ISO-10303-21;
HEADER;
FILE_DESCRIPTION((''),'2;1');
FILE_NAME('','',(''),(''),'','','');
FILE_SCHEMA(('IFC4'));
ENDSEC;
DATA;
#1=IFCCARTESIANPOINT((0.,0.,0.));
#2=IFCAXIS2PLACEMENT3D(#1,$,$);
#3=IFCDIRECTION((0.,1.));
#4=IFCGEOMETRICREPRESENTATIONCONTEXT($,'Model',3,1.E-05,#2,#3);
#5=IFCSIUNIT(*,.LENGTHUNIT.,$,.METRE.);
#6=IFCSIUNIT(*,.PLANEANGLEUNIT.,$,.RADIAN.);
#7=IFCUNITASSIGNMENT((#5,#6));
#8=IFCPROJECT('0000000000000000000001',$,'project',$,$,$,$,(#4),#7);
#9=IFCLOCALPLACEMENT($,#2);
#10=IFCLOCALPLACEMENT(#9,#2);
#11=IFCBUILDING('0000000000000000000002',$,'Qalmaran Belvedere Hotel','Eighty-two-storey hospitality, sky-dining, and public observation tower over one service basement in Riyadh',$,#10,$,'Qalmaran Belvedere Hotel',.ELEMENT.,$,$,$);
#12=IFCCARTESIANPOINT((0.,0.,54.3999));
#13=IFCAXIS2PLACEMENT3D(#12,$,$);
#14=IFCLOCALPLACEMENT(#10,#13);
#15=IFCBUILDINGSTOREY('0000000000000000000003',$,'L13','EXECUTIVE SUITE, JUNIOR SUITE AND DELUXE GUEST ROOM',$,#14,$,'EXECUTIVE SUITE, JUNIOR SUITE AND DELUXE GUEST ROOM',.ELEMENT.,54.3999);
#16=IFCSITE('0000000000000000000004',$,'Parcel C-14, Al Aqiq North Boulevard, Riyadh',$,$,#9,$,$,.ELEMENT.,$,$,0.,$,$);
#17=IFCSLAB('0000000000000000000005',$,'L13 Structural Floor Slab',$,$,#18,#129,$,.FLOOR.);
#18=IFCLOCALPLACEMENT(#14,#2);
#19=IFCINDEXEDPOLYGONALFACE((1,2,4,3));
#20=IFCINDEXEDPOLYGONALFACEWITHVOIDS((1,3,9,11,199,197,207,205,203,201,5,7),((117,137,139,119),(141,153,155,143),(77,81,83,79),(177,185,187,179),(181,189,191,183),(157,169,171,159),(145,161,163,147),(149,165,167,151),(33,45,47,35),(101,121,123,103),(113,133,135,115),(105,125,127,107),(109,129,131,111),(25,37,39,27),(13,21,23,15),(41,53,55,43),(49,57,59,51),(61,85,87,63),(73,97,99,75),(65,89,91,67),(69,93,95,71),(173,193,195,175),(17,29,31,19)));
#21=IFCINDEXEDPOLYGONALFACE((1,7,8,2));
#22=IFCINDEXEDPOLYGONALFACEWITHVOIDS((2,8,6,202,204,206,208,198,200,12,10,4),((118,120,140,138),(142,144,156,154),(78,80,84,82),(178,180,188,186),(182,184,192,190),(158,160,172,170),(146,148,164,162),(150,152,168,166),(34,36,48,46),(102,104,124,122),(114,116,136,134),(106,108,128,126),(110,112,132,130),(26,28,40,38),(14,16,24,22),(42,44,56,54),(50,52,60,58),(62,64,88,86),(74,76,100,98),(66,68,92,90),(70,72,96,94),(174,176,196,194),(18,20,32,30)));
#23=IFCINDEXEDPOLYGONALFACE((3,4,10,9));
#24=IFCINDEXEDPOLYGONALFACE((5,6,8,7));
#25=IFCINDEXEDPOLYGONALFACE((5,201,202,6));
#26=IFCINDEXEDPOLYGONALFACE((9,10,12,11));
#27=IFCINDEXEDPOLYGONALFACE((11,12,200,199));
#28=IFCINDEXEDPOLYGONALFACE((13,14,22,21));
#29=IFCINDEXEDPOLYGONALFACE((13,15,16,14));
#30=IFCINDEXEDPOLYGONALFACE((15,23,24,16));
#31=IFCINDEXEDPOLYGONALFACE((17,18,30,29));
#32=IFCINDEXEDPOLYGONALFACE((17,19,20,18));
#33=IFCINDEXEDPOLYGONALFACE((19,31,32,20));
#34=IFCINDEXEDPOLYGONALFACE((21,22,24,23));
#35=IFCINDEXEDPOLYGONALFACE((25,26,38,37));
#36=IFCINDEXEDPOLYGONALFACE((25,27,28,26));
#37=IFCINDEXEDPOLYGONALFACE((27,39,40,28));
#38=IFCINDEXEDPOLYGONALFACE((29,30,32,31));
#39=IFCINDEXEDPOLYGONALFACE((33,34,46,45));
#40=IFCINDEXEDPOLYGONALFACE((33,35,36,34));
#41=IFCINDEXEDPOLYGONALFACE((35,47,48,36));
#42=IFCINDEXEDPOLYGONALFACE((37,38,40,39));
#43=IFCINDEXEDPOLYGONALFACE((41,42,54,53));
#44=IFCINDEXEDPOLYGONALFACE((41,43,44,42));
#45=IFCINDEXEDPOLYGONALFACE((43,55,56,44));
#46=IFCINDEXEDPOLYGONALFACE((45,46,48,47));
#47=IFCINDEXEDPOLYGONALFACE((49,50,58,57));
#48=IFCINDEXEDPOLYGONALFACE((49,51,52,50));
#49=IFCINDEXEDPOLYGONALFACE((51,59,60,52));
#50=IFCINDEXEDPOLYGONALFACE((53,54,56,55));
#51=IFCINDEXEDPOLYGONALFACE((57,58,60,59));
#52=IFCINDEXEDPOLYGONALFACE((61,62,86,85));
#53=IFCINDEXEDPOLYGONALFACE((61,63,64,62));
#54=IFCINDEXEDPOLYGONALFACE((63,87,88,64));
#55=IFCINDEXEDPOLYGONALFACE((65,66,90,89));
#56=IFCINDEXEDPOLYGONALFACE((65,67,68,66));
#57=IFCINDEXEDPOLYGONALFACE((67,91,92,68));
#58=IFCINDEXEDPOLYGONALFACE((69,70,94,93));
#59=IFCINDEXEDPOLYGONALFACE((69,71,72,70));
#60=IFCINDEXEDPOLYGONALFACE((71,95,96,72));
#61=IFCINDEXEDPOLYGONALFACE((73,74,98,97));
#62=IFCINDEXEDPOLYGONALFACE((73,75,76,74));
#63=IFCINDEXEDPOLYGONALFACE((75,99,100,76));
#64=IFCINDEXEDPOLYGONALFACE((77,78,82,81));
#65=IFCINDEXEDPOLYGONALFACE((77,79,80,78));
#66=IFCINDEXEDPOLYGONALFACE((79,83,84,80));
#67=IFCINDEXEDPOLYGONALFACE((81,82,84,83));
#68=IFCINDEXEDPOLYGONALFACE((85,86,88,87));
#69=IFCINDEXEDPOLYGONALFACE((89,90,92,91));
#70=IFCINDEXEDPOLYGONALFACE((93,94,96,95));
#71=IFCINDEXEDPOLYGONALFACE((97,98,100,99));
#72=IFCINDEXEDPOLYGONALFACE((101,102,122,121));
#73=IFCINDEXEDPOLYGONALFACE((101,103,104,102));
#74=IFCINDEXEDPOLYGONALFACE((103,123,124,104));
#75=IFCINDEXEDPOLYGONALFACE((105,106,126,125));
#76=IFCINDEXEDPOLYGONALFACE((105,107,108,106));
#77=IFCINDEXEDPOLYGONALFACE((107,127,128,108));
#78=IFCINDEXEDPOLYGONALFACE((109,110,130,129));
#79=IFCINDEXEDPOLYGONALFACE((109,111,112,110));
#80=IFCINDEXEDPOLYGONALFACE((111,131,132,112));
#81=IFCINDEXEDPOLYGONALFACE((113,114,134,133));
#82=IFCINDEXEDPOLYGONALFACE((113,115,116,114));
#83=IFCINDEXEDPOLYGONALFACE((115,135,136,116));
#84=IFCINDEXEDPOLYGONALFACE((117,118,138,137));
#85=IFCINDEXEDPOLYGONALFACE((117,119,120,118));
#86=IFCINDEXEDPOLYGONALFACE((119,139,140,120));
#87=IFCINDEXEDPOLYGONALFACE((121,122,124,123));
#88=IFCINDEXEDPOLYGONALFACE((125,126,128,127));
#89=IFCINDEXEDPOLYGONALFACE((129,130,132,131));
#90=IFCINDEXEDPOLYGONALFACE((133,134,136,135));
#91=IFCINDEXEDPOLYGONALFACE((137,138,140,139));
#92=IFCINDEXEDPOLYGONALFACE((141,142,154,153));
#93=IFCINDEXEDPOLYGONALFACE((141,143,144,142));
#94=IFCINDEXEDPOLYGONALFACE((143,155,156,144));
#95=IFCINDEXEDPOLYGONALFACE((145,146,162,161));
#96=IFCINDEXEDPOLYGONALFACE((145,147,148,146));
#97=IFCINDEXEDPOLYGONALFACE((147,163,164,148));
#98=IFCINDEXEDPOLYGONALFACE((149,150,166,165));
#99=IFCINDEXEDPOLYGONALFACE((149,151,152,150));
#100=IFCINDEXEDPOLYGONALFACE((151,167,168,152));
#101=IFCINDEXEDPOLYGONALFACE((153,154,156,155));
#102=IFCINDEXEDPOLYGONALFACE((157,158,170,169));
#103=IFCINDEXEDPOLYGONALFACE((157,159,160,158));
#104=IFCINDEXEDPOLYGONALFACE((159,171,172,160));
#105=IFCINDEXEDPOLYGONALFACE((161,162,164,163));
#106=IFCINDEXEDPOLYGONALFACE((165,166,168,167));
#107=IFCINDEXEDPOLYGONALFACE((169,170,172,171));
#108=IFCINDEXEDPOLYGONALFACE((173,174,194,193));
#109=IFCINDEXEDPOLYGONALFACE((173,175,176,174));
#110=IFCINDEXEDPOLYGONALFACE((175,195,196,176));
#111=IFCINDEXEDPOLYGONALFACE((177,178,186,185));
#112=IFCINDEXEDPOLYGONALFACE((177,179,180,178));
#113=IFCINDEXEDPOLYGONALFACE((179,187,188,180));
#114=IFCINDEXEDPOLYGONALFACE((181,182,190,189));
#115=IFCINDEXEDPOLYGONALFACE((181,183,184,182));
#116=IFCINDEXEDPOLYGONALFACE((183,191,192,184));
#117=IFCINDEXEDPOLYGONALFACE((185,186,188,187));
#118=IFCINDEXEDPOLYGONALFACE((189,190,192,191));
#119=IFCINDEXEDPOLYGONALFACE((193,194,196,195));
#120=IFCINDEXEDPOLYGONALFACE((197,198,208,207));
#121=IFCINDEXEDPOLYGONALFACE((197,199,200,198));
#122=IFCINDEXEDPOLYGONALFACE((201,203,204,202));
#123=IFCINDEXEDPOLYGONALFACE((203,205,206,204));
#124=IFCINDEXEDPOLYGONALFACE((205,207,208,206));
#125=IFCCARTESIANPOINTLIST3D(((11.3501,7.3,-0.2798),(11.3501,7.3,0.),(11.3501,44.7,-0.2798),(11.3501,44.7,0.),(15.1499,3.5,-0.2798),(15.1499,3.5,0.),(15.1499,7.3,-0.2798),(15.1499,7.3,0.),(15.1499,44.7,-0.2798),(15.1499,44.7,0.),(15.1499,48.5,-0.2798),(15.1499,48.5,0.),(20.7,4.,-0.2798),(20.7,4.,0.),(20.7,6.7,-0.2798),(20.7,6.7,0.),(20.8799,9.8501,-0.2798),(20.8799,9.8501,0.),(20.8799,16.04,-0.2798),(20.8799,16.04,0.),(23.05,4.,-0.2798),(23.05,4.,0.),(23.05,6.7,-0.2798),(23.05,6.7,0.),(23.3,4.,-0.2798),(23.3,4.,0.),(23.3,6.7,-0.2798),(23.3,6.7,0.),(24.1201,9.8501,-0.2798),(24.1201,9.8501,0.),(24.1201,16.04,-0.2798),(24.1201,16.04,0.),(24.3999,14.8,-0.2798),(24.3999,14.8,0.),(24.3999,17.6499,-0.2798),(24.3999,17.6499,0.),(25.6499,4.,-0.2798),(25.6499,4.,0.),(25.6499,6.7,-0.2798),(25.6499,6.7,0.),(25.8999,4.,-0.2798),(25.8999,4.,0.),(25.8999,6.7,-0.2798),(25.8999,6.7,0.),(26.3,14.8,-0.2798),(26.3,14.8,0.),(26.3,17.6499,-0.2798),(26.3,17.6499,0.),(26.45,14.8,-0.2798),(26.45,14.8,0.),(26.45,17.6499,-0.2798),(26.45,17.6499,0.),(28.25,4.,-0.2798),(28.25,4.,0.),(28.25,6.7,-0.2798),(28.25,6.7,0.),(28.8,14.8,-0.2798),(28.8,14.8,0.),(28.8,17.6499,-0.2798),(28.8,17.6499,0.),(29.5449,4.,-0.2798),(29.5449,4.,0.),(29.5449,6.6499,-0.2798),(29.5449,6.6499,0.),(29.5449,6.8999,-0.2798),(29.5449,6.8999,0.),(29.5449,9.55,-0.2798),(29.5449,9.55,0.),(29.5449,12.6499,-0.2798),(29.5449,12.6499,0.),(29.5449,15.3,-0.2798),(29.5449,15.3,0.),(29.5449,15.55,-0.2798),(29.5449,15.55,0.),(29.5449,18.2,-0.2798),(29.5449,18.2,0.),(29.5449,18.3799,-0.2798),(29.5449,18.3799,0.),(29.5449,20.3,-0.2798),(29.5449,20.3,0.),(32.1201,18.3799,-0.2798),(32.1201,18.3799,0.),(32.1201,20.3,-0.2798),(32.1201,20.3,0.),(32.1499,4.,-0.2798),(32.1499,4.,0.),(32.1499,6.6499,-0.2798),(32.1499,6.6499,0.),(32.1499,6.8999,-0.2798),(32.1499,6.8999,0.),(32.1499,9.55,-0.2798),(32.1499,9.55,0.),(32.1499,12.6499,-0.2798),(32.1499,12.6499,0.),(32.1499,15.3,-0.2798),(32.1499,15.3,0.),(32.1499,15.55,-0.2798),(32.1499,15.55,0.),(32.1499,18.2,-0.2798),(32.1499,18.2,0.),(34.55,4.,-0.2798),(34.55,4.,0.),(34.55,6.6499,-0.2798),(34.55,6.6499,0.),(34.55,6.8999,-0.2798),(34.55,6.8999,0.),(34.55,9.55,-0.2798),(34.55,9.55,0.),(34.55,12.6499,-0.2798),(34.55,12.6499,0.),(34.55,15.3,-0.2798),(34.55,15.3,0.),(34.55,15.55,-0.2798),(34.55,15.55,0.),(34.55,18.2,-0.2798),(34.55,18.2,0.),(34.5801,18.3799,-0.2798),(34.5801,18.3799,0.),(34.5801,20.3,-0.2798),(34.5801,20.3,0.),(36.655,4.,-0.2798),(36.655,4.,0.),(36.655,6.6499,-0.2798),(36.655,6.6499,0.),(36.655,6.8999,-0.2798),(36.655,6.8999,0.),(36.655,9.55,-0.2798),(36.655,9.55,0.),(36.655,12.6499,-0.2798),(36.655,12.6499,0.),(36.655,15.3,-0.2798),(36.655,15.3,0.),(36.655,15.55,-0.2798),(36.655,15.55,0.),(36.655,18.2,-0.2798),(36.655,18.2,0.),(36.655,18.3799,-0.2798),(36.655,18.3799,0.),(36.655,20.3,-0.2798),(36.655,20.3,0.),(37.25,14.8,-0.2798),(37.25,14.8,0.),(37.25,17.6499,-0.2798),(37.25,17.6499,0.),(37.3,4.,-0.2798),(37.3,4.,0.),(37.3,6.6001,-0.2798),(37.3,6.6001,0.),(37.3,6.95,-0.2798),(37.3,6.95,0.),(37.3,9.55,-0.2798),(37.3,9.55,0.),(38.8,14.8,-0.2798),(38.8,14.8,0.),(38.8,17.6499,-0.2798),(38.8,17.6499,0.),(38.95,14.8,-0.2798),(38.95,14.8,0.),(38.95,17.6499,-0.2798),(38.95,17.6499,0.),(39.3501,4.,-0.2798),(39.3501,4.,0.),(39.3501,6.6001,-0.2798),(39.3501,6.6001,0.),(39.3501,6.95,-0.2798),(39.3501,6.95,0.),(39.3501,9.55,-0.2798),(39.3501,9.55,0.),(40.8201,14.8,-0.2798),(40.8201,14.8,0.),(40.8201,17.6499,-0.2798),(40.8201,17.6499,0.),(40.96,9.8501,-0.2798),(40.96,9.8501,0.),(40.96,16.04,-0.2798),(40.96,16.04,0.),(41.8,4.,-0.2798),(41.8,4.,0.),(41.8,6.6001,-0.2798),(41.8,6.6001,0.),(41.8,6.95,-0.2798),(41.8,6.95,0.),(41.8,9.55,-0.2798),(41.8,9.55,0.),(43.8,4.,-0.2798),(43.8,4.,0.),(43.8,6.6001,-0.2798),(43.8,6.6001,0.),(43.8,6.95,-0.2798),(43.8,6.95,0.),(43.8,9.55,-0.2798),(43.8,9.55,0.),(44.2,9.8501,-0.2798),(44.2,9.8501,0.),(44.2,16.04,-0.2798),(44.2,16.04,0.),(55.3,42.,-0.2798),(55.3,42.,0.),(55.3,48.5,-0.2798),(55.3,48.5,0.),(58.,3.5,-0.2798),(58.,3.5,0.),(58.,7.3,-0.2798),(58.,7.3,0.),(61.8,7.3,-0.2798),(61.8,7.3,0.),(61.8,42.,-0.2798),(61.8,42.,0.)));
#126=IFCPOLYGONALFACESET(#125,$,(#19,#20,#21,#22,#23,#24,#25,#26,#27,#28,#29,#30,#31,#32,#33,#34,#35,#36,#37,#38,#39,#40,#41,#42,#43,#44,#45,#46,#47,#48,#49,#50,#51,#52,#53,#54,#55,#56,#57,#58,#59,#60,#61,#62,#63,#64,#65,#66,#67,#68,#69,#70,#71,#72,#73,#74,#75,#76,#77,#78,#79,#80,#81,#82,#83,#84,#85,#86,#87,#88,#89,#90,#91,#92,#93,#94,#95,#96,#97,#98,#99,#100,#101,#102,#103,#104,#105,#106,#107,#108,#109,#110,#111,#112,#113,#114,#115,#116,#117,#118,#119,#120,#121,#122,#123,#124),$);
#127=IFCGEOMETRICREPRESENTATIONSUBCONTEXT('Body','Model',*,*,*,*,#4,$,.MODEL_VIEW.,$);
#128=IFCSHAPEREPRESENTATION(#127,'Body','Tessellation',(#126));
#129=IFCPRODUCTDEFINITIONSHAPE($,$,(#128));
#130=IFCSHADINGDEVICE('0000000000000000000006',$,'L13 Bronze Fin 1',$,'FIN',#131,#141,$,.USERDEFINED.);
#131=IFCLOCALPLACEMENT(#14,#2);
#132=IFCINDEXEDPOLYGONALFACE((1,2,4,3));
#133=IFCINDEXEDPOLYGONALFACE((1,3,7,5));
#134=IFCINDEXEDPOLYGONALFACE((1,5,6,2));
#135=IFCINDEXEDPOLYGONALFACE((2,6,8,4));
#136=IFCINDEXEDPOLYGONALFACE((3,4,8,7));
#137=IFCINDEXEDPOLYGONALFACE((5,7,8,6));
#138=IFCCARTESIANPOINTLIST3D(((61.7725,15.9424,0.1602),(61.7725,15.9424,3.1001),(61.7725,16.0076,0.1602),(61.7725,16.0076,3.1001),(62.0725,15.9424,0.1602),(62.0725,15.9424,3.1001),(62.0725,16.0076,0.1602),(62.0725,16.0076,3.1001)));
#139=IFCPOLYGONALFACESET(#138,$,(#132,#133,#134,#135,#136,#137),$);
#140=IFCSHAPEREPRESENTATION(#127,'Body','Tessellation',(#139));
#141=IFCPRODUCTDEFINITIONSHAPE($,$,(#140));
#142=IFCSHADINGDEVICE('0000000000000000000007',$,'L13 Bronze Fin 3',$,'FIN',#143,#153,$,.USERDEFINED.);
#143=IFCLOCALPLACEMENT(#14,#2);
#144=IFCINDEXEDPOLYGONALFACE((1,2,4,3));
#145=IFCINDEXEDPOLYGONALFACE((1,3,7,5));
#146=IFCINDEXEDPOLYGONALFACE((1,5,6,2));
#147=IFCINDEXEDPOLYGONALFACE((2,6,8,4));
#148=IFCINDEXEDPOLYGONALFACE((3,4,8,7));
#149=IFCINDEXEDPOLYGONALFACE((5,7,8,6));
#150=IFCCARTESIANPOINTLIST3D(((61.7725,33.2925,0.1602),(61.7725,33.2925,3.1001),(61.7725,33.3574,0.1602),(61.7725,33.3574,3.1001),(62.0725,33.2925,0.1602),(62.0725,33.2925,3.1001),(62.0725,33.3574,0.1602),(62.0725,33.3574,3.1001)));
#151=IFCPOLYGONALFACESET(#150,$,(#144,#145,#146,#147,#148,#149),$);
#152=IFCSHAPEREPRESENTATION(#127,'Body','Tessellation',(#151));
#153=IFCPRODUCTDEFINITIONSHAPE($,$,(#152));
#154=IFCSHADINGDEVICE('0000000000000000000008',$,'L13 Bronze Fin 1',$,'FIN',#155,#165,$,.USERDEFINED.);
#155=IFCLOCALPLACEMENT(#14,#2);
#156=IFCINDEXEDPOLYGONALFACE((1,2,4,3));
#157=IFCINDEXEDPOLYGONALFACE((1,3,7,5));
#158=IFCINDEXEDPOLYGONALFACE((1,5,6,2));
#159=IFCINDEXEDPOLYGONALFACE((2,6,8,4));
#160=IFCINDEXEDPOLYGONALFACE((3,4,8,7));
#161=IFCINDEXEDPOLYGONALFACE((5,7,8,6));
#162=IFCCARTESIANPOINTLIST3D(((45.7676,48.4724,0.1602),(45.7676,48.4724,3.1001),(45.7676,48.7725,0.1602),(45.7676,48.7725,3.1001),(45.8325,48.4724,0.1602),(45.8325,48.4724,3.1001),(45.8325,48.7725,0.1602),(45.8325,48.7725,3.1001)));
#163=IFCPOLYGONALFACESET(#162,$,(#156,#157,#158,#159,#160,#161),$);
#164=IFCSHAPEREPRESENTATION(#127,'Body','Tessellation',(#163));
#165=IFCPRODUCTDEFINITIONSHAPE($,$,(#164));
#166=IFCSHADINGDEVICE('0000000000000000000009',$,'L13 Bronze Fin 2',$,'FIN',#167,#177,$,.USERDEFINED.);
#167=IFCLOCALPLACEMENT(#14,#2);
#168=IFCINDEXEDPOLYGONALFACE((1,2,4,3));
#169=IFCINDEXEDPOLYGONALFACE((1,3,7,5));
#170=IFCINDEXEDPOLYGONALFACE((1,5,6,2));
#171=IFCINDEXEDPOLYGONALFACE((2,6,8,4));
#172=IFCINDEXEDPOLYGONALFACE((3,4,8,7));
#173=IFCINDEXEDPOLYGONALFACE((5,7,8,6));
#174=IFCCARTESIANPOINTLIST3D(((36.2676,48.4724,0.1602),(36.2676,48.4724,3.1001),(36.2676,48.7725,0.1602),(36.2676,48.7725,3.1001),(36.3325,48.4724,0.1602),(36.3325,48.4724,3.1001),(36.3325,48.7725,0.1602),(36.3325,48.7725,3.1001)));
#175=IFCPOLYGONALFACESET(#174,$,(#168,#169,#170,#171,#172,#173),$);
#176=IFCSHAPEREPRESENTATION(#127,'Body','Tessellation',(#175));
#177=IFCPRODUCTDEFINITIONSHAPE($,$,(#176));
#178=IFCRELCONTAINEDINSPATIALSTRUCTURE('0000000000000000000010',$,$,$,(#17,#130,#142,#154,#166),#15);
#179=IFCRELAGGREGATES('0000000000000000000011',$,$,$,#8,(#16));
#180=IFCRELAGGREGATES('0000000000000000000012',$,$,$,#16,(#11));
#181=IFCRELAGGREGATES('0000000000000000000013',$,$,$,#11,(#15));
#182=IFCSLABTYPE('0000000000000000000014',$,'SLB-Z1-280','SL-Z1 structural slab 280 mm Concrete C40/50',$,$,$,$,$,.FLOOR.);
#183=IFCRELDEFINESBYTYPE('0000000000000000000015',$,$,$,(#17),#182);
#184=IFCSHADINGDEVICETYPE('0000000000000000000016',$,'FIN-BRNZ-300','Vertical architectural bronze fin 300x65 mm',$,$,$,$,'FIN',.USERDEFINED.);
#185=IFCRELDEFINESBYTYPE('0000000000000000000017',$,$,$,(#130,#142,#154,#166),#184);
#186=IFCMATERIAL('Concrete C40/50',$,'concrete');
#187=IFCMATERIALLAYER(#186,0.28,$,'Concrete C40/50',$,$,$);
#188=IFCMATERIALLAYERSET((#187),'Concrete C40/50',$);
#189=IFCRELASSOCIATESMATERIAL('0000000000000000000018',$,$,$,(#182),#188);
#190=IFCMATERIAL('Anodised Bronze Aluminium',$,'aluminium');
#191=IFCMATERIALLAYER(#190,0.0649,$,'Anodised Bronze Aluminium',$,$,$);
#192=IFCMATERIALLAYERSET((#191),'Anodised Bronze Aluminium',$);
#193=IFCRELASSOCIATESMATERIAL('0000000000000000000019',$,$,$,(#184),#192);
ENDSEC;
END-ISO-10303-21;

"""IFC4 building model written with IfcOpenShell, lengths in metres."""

from ifc_helpers import new_model, si_unit, direction, frame, origin, place, context, subcontext, project, spatial, polyline, outline, extrude, material, layer, layer_set, type_object, element, save


model = new_model("IFC4")

# Units and contexts
model_context = context("Model", 3, precision=1e-05, world=origin(), true_north=direction((0.0, 1.0)))
body_context = subcontext(model_context, "Body", "Model", "MODEL_VIEW")
ifc_project = project(units=[si_unit("LENGTHUNIT", "METRE"), si_unit("PLANEANGLEUNIT", "RADIAN")], contexts=[model_context])

# Site, building, storey
site_placement = place(None, origin())
site = spatial("IfcSite", under=ifc_project, at=site_placement, Name="Parcel C-14, Al Aqiq North Boulevard, Riyadh", CompositionType="ELEMENT", RefElevation=0.0)
building_placement = place(site_placement, origin())
building = spatial("IfcBuilding", under=site, at=building_placement, Name="Qalmaran Belvedere Hotel", Description="Eighty-two-storey hospitality, sky-dining, and public observation tower over one service basement in Riyadh", LongName="Qalmaran Belvedere Hotel", CompositionType="ELEMENT")
storey_placement = place(building_placement, frame((0.0, 0.0, 54.3999)))
storey = spatial("IfcBuildingStorey", under=building, at=storey_placement, Name="L13", Description="EXECUTIVE SUITE, JUNIOR SUITE AND DELUXE GUEST ROOM", LongName="EXECUTIVE SUITE, JUNIOR SUITE AND DELUXE GUEST ROOM", CompositionType="ELEMENT", Elevation=54.3999)

# Shared definitions
ifc_material_1 = material(Name="Anodised Bronze Aluminium", Category="aluminium")

# Shared definitions
ifc_material_2 = material(Name="Concrete C40/50", Category="concrete")

# Slab
ifc_layer_1 = layer(ifc_material_2, 0.28, Name="Concrete C40/50")
ifc_layer_set_1 = layer_set([ifc_layer_1], Name="Concrete C40/50")
slab_type_1 = type_object("IfcSlabType", Name="SLB-Z1-280", Description="SL-Z1 structural slab 280 mm Concrete C40/50", PredefinedType="FLOOR", material=ifc_layer_set_1)
slab_1_placement = place(storey_placement, frame((0.0, 0.0, -0.2798)))
element("IfcSlab", 1, at=slab_1_placement, inside=storey, type_object=slab_type_1, Name="L13 Structural Floor Slab", PredefinedType="FLOOR", context=body_context, shape_type="SweptSolid", body=[
    extrude(outline(polyline([(15.1499, 3.5), (58.0, 3.5), (58.0, 7.3), (61.8, 7.3), (61.8, 42.0), (55.3, 42.0), (55.3, 48.5), (15.1499, 48.5), (15.1499, 44.7), (11.3501, 44.7), (11.3501, 7.3), (15.1499, 7.3), (15.1499, 3.5)]), holes=[polyline([(20.8799, 9.8501), (24.1201, 9.8501), (24.1201, 16.04), (20.8799, 16.04), (20.8799, 9.8501)]), polyline([(40.96, 9.8501), (44.2, 9.8501), (44.2, 16.04), (40.96, 16.04), (40.96, 9.8501)]), polyline([(29.5449, 4.0), (32.1499, 4.0), (32.1499, 6.6499), (29.5449, 6.6499), (29.5449, 4.0)]), polyline([(29.5449, 6.8999), (32.1499, 6.8999), (32.1499, 9.55), (29.5449, 9.55), (29.5449, 6.8999)]), polyline([(34.55, 4.0), (36.655, 4.0), (36.655, 6.6499), (34.55, 6.6499), (34.55, 4.0)]), polyline([(34.55, 6.8999), (36.655, 6.8999), (36.655, 9.55), (34.55, 9.55), (34.55, 6.8999)]), polyline([(29.5449, 12.6499), (32.1499, 12.6499), (32.1499, 15.3), (29.5449, 15.3), (29.5449, 12.6499)]), polyline([(29.5449, 15.55), (32.1499, 15.55), (32.1499, 18.2), (29.5449, 18.2), (29.5449, 15.55)]), polyline([(34.55, 12.6499), (36.655, 12.6499), (36.655, 15.3), (34.55, 15.3), (34.55, 12.6499)]), polyline([(34.55, 15.55), (36.655, 15.55), (36.655, 18.2), (34.55, 18.2), (34.55, 15.55)]), polyline([(37.3, 4.0), (39.3501, 4.0), (39.3501, 6.6001), (37.3, 6.6001), (37.3, 4.0)]), polyline([(37.3, 6.95), (39.3501, 6.95), (39.3501, 9.55), (37.3, 9.55), (37.3, 6.95)]), polyline([(41.8, 4.0), (43.8, 4.0), (43.8, 6.6001), (41.8, 6.6001), (41.8, 4.0)]), polyline([(41.8, 6.95), (43.8, 6.95), (43.8, 9.55), (41.8, 9.55), (41.8, 6.95)]), polyline([(20.7, 4.0), (23.05, 4.0), (23.05, 6.7), (20.7, 6.7), (20.7, 4.0)]), polyline([(23.3, 4.0), (25.6499, 4.0), (25.6499, 6.7), (23.3, 6.7), (23.3, 4.0)]), polyline([(25.8999, 4.0), (28.25, 4.0), (28.25, 6.7), (25.8999, 6.7), (25.8999, 4.0)]), polyline([(24.3999, 14.8), (26.3, 14.8), (26.3, 17.6499), (24.3999, 17.6499), (24.3999, 14.8)]), polyline([(38.95, 14.8), (40.8201, 14.8), (40.8201, 17.6499), (38.95, 17.6499), (38.95, 14.8)]), polyline([(26.45, 14.8), (28.8, 14.8), (28.8, 17.6499), (26.45, 17.6499), (26.45, 14.8)]), polyline([(37.25, 14.8), (38.8, 14.8), (38.8, 17.6499), (37.25, 17.6499), (37.25, 14.8)]), polyline([(29.5449, 18.3799), (32.1201, 18.3799), (32.1201, 20.3), (29.5449, 20.3), (29.5449, 18.3799)]), polyline([(34.5801, 18.3799), (36.655, 18.3799), (36.655, 20.3), (34.5801, 20.3), (34.5801, 18.3799)])]), origin(), (0.0, 0.0, 1.0), 0.2798),
])

# Shading devices
ifc_layer_2 = layer(ifc_material_1, 0.0649, Name="Anodised Bronze Aluminium")
ifc_layer_set_2 = layer_set([ifc_layer_2], Name="Anodised Bronze Aluminium")
shading_device_type = type_object("IfcShadingDeviceType", Name="FIN-BRNZ-300", Description="Vertical architectural bronze fin 300x65 mm", ElementType="FIN", PredefinedType="USERDEFINED", material=ifc_layer_set_2)
shading_device_1_placement = place(storey_placement, frame((0.0, 0.0, 0.1602)))
element("IfcShadingDevice", 2, at=shading_device_1_placement, inside=storey, type_object=shading_device_type, Name="L13 Bronze Fin 1", ObjectType="FIN", PredefinedType="USERDEFINED", context=body_context, shape_type="SweptSolid", body=[
    extrude(outline(polyline([(61.7725, 15.9424), (62.0725, 15.9424), (62.0725, 16.0076), (61.7725, 16.0076), (61.7725, 15.9424)])), origin(), (0.0, 0.0, 1.0), 2.9399),
])
shading_device_2_placement = place(storey_placement, frame((0.0, 0.0, 0.1602)))
element("IfcShadingDevice", 3, at=shading_device_2_placement, inside=storey, type_object=shading_device_type, Name="L13 Bronze Fin 3", ObjectType="FIN", PredefinedType="USERDEFINED", context=body_context, shape_type="SweptSolid", body=[
    extrude(outline(polyline([(61.7725, 33.2925), (62.0725, 33.2925), (62.0725, 33.3574), (61.7725, 33.3574), (61.7725, 33.2925)])), origin(), (0.0, 0.0, 1.0), 2.9399),
])
shading_device_3_placement = place(storey_placement, frame((0.0, 0.0, 0.1602)))
element("IfcShadingDevice", 4, at=shading_device_3_placement, inside=storey, type_object=shading_device_type, Name="L13 Bronze Fin 1", ObjectType="FIN", PredefinedType="USERDEFINED", context=body_context, shape_type="SweptSolid", body=[
    extrude(outline(polyline([(45.8325, 48.4724), (45.8325, 48.7725), (45.7676, 48.7725), (45.7676, 48.4724), (45.8325, 48.4724)])), origin(), (0.0, 0.0, 1.0), 2.9399),
])
shading_device_4_placement = place(storey_placement, frame((0.0, 0.0, 0.1602)))
element("IfcShadingDevice", 5, at=shading_device_4_placement, inside=storey, type_object=shading_device_type, Name="L13 Bronze Fin 2", ObjectType="FIN", PredefinedType="USERDEFINED", context=body_context, shape_type="SweptSolid", body=[
    extrude(outline(polyline([(36.3325, 48.4724), (36.3325, 48.7725), (36.2676, 48.7725), (36.2676, 48.4724), (36.3325, 48.4724)])), origin(), (0.0, 0.0, 1.0), 2.9399),
])

save(model, "model.ifc")
